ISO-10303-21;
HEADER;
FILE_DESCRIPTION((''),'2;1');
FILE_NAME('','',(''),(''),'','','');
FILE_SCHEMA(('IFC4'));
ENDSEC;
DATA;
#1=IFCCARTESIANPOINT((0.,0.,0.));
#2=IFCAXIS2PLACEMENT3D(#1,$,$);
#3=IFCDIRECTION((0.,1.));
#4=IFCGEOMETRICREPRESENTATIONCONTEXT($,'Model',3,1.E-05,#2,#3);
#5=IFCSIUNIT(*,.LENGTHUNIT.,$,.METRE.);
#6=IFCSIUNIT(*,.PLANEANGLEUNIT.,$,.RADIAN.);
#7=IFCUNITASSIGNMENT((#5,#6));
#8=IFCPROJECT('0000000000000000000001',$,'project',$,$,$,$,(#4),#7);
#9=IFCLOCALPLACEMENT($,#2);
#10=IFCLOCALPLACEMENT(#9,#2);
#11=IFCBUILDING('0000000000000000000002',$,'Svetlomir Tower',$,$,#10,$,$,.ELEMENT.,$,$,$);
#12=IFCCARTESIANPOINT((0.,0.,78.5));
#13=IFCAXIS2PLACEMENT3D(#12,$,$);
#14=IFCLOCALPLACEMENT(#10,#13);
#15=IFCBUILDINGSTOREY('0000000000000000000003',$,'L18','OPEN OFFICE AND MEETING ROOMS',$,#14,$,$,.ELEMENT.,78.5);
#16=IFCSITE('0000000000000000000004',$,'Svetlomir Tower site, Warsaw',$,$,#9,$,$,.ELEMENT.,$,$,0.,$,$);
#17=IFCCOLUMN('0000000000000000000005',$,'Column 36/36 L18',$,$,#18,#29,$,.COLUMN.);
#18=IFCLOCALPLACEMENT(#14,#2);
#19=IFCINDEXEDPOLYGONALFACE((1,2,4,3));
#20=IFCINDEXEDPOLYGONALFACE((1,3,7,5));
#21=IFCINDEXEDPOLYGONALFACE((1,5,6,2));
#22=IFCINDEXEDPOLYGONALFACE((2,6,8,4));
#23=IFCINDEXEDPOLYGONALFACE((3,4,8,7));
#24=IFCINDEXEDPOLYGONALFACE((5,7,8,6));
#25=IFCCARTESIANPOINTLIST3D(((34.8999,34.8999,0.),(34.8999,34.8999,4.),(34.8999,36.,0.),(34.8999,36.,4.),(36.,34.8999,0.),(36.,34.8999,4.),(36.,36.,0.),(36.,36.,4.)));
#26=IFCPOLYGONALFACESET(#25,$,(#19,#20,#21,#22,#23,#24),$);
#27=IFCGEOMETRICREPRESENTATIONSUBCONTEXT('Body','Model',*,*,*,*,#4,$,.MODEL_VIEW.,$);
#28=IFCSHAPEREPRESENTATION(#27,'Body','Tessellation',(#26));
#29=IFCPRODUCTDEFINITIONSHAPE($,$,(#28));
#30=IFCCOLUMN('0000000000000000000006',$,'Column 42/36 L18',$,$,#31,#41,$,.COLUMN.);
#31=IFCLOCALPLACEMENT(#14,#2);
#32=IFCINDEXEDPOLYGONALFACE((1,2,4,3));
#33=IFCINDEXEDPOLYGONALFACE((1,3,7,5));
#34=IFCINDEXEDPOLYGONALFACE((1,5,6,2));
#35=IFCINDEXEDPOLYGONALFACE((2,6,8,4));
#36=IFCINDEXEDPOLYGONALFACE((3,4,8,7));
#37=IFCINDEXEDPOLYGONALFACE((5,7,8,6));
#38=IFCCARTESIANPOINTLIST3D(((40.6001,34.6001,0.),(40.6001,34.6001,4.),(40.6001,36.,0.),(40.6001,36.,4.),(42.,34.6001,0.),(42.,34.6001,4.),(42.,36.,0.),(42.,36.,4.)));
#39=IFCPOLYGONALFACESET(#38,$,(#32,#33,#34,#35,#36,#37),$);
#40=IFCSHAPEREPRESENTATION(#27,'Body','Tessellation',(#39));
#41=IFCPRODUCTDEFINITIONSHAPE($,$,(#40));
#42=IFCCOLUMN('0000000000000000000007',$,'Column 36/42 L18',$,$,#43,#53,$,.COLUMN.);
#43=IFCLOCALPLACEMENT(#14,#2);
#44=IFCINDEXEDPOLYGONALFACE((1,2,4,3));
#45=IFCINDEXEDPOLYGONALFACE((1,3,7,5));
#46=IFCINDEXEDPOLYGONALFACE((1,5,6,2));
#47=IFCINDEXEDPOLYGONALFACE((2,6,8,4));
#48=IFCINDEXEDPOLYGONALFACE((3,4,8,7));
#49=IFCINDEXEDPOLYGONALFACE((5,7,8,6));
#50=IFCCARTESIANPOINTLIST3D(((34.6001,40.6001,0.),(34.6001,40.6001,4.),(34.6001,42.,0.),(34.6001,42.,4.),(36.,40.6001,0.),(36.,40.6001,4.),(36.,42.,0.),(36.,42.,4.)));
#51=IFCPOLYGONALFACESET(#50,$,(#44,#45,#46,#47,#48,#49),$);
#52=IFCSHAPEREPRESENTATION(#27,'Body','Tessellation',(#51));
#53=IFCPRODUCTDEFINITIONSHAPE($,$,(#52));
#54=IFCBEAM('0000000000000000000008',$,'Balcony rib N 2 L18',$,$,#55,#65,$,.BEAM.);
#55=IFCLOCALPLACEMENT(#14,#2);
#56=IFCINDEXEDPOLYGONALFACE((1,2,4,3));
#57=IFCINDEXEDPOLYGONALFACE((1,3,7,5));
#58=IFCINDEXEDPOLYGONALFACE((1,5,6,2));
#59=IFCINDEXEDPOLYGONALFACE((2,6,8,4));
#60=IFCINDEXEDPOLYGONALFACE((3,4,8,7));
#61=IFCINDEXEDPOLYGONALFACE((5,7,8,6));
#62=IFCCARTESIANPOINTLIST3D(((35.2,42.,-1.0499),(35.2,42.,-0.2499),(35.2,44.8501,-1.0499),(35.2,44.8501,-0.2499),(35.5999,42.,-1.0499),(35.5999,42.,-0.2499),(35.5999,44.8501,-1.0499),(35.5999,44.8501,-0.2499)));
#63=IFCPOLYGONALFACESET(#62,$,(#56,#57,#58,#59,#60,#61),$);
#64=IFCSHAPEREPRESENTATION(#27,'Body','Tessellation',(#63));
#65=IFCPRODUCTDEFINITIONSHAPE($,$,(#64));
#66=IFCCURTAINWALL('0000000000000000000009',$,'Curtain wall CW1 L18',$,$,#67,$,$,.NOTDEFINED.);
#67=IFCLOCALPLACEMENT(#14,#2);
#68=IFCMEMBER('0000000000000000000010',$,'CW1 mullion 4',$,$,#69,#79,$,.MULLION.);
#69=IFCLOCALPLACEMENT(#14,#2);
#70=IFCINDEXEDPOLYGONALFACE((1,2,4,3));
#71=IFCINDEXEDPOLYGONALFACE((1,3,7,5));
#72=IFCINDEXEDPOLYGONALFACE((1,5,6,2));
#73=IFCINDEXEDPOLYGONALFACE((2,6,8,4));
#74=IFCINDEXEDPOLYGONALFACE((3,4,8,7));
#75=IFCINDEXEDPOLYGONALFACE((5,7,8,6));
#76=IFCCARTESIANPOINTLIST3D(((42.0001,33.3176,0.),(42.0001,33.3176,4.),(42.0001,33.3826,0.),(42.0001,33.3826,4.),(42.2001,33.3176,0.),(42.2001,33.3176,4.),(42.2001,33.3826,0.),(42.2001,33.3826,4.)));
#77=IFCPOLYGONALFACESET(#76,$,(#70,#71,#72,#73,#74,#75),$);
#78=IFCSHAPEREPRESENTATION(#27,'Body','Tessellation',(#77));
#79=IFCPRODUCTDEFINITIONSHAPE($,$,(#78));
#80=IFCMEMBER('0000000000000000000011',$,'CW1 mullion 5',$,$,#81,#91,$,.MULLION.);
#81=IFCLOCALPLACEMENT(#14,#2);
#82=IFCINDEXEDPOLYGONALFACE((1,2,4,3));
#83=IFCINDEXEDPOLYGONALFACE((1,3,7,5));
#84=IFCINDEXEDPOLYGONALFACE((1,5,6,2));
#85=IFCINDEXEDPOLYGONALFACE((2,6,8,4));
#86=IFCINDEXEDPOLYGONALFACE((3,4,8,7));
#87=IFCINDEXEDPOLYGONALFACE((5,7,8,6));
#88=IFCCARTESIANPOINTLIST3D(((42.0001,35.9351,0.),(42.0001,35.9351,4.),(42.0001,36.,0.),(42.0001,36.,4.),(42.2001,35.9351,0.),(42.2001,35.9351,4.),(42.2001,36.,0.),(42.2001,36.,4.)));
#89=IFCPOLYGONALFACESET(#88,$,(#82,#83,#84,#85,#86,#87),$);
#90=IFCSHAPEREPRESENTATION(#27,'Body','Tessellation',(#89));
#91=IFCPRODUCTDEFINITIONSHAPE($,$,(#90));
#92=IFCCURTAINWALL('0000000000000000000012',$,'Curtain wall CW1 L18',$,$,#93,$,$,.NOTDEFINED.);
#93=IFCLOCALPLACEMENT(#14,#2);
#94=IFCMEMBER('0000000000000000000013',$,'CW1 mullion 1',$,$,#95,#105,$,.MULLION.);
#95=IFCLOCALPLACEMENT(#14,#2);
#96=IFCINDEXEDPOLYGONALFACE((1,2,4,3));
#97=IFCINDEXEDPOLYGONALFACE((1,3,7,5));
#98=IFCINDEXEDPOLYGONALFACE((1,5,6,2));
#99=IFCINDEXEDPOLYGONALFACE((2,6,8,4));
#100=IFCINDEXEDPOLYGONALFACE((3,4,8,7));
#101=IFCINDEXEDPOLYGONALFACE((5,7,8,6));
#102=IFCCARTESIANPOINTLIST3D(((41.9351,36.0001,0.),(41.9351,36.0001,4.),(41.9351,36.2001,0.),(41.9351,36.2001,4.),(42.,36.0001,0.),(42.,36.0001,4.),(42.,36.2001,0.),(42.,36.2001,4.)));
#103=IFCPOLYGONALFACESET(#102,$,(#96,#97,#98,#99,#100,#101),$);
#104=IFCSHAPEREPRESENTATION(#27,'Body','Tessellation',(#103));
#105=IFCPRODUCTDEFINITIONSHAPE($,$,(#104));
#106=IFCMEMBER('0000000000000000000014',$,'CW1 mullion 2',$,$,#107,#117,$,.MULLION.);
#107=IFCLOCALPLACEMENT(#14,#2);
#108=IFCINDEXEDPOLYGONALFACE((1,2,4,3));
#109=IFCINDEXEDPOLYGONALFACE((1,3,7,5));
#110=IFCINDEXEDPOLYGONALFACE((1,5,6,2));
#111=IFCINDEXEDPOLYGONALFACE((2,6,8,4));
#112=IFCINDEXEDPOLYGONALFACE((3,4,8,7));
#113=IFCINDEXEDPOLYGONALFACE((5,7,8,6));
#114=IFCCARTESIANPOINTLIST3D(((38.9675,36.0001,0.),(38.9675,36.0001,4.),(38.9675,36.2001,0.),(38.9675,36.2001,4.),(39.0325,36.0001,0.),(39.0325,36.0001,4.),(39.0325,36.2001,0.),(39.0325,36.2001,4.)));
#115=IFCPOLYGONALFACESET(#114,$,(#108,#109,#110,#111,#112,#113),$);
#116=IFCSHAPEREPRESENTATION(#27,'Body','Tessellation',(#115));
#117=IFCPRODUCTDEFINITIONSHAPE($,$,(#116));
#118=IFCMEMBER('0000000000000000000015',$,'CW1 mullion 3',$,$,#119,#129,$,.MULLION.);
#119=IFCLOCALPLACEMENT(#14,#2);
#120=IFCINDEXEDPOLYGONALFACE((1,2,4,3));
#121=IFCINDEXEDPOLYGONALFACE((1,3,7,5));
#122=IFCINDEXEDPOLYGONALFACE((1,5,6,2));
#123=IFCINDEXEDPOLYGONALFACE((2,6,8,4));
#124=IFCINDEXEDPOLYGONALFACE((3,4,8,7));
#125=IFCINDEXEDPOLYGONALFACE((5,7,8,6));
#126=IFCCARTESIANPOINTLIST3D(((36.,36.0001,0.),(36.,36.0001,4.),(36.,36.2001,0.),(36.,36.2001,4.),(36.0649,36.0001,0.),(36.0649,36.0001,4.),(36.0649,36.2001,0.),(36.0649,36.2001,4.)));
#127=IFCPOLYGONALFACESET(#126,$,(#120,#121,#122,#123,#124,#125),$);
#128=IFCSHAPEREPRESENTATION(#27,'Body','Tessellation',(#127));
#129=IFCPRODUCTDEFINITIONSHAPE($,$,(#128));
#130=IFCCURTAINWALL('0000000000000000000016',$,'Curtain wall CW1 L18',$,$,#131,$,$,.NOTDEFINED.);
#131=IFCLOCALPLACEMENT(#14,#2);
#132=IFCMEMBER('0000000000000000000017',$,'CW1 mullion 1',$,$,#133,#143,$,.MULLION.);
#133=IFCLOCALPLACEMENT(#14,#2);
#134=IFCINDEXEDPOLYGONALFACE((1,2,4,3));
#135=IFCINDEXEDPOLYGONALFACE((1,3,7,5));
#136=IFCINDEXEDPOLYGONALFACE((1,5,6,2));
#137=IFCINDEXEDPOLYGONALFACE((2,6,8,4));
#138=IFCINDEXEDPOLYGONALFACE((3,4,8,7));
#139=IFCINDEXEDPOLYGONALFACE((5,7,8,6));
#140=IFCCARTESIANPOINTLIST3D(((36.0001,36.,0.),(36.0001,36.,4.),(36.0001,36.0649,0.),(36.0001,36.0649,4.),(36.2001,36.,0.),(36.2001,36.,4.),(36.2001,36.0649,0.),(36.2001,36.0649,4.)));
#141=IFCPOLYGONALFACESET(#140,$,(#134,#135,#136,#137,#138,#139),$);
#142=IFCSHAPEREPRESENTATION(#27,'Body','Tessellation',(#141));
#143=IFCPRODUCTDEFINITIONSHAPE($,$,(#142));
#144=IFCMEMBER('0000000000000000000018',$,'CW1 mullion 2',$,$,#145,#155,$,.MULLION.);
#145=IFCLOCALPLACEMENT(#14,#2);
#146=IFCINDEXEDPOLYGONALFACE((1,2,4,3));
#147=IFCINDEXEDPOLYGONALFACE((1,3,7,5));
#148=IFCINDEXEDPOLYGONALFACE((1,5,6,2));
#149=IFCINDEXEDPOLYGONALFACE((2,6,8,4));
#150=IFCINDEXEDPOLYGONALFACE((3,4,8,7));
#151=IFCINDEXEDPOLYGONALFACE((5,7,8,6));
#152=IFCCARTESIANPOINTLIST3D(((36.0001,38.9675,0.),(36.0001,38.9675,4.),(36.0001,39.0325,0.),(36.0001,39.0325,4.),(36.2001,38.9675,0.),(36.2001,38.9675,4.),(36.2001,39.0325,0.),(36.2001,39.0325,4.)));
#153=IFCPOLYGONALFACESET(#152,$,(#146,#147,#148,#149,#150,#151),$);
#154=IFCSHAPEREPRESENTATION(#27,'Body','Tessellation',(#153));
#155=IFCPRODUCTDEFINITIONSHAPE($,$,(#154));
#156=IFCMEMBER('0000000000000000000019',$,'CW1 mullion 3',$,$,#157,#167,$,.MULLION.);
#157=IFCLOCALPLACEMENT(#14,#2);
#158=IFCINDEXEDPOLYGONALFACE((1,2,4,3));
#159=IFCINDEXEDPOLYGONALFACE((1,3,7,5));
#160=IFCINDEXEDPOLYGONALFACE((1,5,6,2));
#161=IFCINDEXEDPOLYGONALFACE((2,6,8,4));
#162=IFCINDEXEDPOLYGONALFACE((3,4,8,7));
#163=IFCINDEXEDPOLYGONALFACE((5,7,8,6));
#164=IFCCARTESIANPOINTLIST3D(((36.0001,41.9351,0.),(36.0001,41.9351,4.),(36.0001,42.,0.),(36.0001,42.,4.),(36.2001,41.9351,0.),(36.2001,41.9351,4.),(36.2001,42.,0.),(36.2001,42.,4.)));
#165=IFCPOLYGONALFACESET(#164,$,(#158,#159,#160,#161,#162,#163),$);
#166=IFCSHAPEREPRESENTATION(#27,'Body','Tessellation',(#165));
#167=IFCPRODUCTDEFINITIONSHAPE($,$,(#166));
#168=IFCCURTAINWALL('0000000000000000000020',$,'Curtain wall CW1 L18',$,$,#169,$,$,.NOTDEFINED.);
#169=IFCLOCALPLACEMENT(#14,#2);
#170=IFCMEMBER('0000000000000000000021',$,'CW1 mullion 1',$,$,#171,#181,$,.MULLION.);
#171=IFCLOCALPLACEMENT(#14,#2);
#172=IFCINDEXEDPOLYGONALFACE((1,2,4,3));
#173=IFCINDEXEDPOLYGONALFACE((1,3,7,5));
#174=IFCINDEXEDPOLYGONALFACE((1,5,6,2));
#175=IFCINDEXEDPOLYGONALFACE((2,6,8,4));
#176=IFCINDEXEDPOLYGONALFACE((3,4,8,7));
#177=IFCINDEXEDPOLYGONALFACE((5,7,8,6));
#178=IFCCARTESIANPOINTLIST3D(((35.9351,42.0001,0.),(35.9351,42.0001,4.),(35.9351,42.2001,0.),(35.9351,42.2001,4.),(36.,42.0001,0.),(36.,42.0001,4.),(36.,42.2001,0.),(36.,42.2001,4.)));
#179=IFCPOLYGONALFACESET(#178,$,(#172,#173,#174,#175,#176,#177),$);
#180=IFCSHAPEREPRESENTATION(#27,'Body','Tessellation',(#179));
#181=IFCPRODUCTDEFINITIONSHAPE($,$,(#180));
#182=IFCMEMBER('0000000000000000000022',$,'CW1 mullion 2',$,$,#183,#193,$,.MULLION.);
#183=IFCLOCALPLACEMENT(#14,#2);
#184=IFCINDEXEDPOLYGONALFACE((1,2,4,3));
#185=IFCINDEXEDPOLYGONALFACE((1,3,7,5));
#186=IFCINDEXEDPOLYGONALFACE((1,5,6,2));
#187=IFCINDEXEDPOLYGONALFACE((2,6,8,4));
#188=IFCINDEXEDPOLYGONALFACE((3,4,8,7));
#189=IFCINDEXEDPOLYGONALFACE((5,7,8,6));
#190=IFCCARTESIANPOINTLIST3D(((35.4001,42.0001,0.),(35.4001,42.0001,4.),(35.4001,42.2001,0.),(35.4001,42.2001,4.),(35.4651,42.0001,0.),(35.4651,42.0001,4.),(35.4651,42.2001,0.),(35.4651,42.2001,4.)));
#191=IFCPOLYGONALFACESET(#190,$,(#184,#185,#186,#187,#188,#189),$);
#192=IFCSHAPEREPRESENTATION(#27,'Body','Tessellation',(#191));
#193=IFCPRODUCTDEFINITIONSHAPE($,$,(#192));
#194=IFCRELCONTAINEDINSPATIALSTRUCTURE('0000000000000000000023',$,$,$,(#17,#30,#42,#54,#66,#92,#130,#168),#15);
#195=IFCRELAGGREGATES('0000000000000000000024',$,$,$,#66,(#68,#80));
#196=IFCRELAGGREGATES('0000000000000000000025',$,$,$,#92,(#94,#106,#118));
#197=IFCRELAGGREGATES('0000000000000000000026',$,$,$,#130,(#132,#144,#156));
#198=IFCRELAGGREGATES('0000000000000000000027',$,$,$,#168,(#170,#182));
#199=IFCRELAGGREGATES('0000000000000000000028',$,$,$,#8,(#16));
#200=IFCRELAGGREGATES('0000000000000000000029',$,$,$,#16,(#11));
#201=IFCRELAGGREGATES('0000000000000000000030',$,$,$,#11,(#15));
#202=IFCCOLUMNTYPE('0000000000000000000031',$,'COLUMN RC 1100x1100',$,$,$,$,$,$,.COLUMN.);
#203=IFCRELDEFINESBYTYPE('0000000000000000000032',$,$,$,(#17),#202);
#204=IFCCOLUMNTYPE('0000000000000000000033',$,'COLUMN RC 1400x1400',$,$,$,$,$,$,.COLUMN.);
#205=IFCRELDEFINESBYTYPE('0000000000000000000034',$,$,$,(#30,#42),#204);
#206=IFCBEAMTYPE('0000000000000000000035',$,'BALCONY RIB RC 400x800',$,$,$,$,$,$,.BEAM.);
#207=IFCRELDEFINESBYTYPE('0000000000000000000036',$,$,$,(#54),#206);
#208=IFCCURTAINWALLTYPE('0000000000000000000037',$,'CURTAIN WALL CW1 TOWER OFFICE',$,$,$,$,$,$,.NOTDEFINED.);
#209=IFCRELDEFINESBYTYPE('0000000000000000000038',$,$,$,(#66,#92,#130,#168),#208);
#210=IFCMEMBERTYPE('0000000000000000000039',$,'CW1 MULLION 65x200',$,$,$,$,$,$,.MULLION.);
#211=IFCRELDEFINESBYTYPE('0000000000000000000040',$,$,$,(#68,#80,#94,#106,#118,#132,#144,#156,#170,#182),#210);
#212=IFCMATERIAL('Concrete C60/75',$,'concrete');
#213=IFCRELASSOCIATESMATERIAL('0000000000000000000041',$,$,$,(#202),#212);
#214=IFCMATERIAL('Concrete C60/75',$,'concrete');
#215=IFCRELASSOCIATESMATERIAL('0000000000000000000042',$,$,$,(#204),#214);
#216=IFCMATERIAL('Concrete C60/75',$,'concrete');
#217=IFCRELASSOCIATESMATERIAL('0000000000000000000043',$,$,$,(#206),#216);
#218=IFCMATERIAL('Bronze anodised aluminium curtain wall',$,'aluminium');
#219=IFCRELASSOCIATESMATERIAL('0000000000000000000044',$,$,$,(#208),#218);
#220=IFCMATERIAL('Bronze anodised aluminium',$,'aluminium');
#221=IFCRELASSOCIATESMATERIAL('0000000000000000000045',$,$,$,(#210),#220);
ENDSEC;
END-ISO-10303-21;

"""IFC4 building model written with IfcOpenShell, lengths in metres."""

from ifc_helpers import new_model, si_unit, direction, frame, origin, origin_2d, place, context, subcontext, project, spatial, rectangle, extrude, material, material_profile, profile_set, type_object, element, aggregate, save


model = new_model("IFC4")

# Units and contexts
model_context = context("Model", 3, precision=1e-05, world=origin(), true_north=direction((0.0, 1.0)))
body_context = subcontext(model_context, "Body", "Model", "MODEL_VIEW")
ifc_project = project(units=[si_unit("LENGTHUNIT", "METRE"), si_unit("PLANEANGLEUNIT", "RADIAN")], contexts=[model_context])

# Site, building, storey
site_placement = place(None, origin())
site = spatial("IfcSite", under=ifc_project, at=site_placement, Name="Svetlomir Tower site, Warsaw", CompositionType="ELEMENT", RefElevation=0.0)
building_placement = place(site_placement, origin())
building = spatial("IfcBuilding", under=site, at=building_placement, Name="Svetlomir Tower", CompositionType="ELEMENT")
storey_placement = place(building_placement, frame((0.0, 0.0, 78.5)))
storey = spatial("IfcBuildingStorey", under=building, at=storey_placement, Name="L18", Description="OPEN OFFICE AND MEETING ROOMS", CompositionType="ELEMENT", Elevation=78.5)

# Columns
ifc_material_1 = material(Name="Concrete C60/75", Category="concrete")
ifc_material_profile_1 = material_profile(ifc_material_1, rectangle(XDim=1.1001, YDim=1.1001, at=origin_2d()), Name="RC 1100x1100")
ifc_profile_set_1 = profile_set([ifc_material_profile_1], Name="Concrete C60/75")
column_type_1 = type_object("IfcColumnType", Name="COLUMN RC 1100x1100", PredefinedType="COLUMN", material=ifc_profile_set_1)
column_placement = place(storey_placement, frame((35.45, 35.45, 0.0), z_axis=(0.0, 0.0, 1.0), x_axis=(1.0, 0.0, 0.0)))
element("IfcColumn", 1, at=column_placement, inside=storey, type_object=column_type_1, Name="Column 36/36 L18", PredefinedType="COLUMN", context=body_context, shape_type="SweptSolid", body=[
    extrude(rectangle(XDim=1.1001, YDim=1.1001, at=origin_2d()), origin(), (0.0, 0.0, 1.0), 4.0),
])
ifc_material_2 = material(Name="Concrete C60/75", Category="concrete")
ifc_material_profile_2 = material_profile(ifc_material_2, rectangle(XDim=1.3999, YDim=1.3999, at=origin_2d()), Name="RC 1400x1400")
ifc_profile_set_2 = profile_set([ifc_material_profile_2], Name="Concrete C60/75")
column_type_2 = type_object("IfcColumnType", Name="COLUMN RC 1400x1400", PredefinedType="COLUMN", material=ifc_profile_set_2)
for number, where, z_axis, x_axis, name in (
    (2, (41.3, 35.3, 0.0), (0.0, 0.0, 1.0), (1.0, 0.0, 0.0), "Column 42/36 L18"),
    (3, (35.3, 41.3, 0.0), (0.0, 0.0, 1.0), (1.0, 0.0, 0.0), "Column 36/42 L18"),
):
    element("IfcColumn", number, at=place(storey_placement, frame(where, z_axis=z_axis, x_axis=x_axis)), inside=storey, type_object=column_type_2, Name=name, PredefinedType="COLUMN", context=body_context, shape_type="SweptSolid", body=[
        extrude(rectangle(XDim=1.3999, YDim=1.3999, at=origin_2d()), origin(), (0.0, 0.0, 1.0), 4.0),
    ])

# Beam
ifc_material_3 = material(Name="Concrete C60/75", Category="concrete")
ifc_material_profile_3 = material_profile(ifc_material_3, rectangle(XDim=0.3999, YDim=0.8, at=origin_2d()), Name="RC 400x800")
ifc_profile_set_3 = profile_set([ifc_material_profile_3], Name="Concrete C60/75")
beam_type_1 = type_object("IfcBeamType", Name="BALCONY RIB RC 400x800", PredefinedType="BEAM", material=ifc_profile_set_3)
beam_placement = place(storey_placement, frame((35.3999, 42.0, -0.6499), z_axis=(0.0, 1.0, 0.0), x_axis=(-1.0, 0.0, 0.0)))
element("IfcBeam", 4, at=beam_placement, inside=storey, type_object=beam_type_1, Name="Balcony rib N 2 L18", PredefinedType="BEAM", context=body_context, shape_type="SweptSolid", body=[
    extrude(rectangle(XDim=0.3999, YDim=0.8, at=origin_2d()), origin(), (0.0, 0.0, 1.0), 2.8501),
])

# Curtain walls, members
ifc_material_4 = material(Name="Bronze anodised aluminium curtain wall", Category="aluminium")
curtain_wall_type = type_object("IfcCurtainWallType", Name="CURTAIN WALL CW1 TOWER OFFICE", PredefinedType="NOTDEFINED", material=ifc_material_4)
curtain_wall_1_placement = place(storey_placement, origin())
curtain_wall_1 = element("IfcCurtainWall", 5, at=curtain_wall_1_placement, inside=storey, type_object=curtain_wall_type, Name="Curtain wall CW1 L18", PredefinedType="NOTDEFINED")
ifc_material_5 = material(Name="Bronze anodised aluminium", Category="aluminium")
ifc_material_profile_4 = material_profile(ifc_material_5, rectangle(XDim=0.0649, YDim=0.2, at=origin_2d()), Name="AL 65x200")
ifc_profile_set_4 = profile_set([ifc_material_profile_4], Name="Bronze anodised aluminium 6063-T6")
member_type_1 = type_object("IfcMemberType", Name="CW1 MULLION 65x200", PredefinedType="MULLION", material=ifc_profile_set_4)
member_1_placement = place(storey_placement, frame((42.1001, 33.3501, 0.0), z_axis=(0.0, 0.0, 1.0), x_axis=(0.0, 1.0, 0.0)))
member_1 = element("IfcMember", 6, at=member_1_placement, type_object=member_type_1, Name="CW1 mullion 4", PredefinedType="MULLION", context=body_context, shape_type="SweptSolid", body=[
    extrude(rectangle(XDim=0.0649, YDim=0.2, at=origin_2d()), origin(), (0.0, 0.0, 1.0), 4.0),
])
member_2_placement = place(storey_placement, frame((42.1001, 35.9675, 0.0), z_axis=(0.0, 0.0, 1.0), x_axis=(0.0, 1.0, 0.0)))
member_2 = element("IfcMember", 7, at=member_2_placement, type_object=member_type_1, Name="CW1 mullion 5", PredefinedType="MULLION", context=body_context, shape_type="SweptSolid", body=[
    extrude(rectangle(XDim=0.0649, YDim=0.2, at=origin_2d()), origin(), (0.0, 0.0, 1.0), 4.0),
])
curtain_wall_2_placement = place(storey_placement, origin())
curtain_wall_2 = element("IfcCurtainWall", 8, at=curtain_wall_2_placement, inside=storey, type_object=curtain_wall_type, Name="Curtain wall CW1 L18", PredefinedType="NOTDEFINED")
member_3_placement = place(storey_placement, frame((41.9675, 36.1001, 0.0), z_axis=(0.0, 0.0, 1.0), x_axis=(-1.0, 0.0, 0.0)))
member_3 = element("IfcMember", 9, at=member_3_placement, type_object=member_type_1, Name="CW1 mullion 1", PredefinedType="MULLION", context=body_context, shape_type="SweptSolid", body=[
    extrude(rectangle(XDim=0.0649, YDim=0.2, at=origin_2d()), origin(), (0.0, 0.0, 1.0), 4.0),
])
member_4_placement = place(storey_placement, frame((39.0, 36.1001, 0.0), z_axis=(0.0, 0.0, 1.0), x_axis=(-1.0, 0.0, 0.0)))
member_4 = element("IfcMember", 10, at=member_4_placement, type_object=member_type_1, Name="CW1 mullion 2", PredefinedType="MULLION", context=body_context, shape_type="SweptSolid", body=[
    extrude(rectangle(XDim=0.0649, YDim=0.2, at=origin_2d()), origin(), (0.0, 0.0, 1.0), 4.0),
])
member_5_placement = place(storey_placement, frame((36.0325, 36.1001, 0.0), z_axis=(0.0, 0.0, 1.0), x_axis=(-1.0, 0.0, 0.0)))
member_5 = element("IfcMember", 11, at=member_5_placement, type_object=member_type_1, Name="CW1 mullion 3", PredefinedType="MULLION", context=body_context, shape_type="SweptSolid", body=[
    extrude(rectangle(XDim=0.0649, YDim=0.2, at=origin_2d()), origin(), (0.0, 0.0, 1.0), 4.0),
])
curtain_wall_3_placement = place(storey_placement, origin())
curtain_wall_3 = element("IfcCurtainWall", 12, at=curtain_wall_3_placement, inside=storey, type_object=curtain_wall_type, Name="Curtain wall CW1 L18", PredefinedType="NOTDEFINED")
member_6_placement = place(storey_placement, frame((36.1001, 36.0325, 0.0), z_axis=(0.0, 0.0, 1.0), x_axis=(0.0, 1.0, 0.0)))
member_6 = element("IfcMember", 13, at=member_6_placement, type_object=member_type_1, Name="CW1 mullion 1", PredefinedType="MULLION", context=body_context, shape_type="SweptSolid", body=[
    extrude(rectangle(XDim=0.0649, YDim=0.2, at=origin_2d()), origin(), (0.0, 0.0, 1.0), 4.0),
])
member_7_placement = place(storey_placement, frame((36.1001, 39.0, 0.0), z_axis=(0.0, 0.0, 1.0), x_axis=(0.0, 1.0, 0.0)))
member_7 = element("IfcMember", 14, at=member_7_placement, type_object=member_type_1, Name="CW1 mullion 2", PredefinedType="MULLION", context=body_context, shape_type="SweptSolid", body=[
    extrude(rectangle(XDim=0.0649, YDim=0.2, at=origin_2d()), origin(), (0.0, 0.0, 1.0), 4.0),
])
member_8_placement = place(storey_placement, frame((36.1001, 41.9675, 0.0), z_axis=(0.0, 0.0, 1.0), x_axis=(0.0, 1.0, 0.0)))
member_8 = element("IfcMember", 15, at=member_8_placement, type_object=member_type_1, Name="CW1 mullion 3", PredefinedType="MULLION", context=body_context, shape_type="SweptSolid", body=[
    extrude(rectangle(XDim=0.0649, YDim=0.2, at=origin_2d()), origin(), (0.0, 0.0, 1.0), 4.0),
])
curtain_wall_4_placement = place(storey_placement, origin())
curtain_wall_4 = element("IfcCurtainWall", 16, at=curtain_wall_4_placement, inside=storey, type_object=curtain_wall_type, Name="Curtain wall CW1 L18", PredefinedType="NOTDEFINED")
member_9_placement = place(storey_placement, frame((35.9675, 42.1001, 0.0), z_axis=(0.0, 0.0, 1.0), x_axis=(-1.0, 0.0, 0.0)))
member_9 = element("IfcMember", 17, at=member_9_placement, type_object=member_type_1, Name="CW1 mullion 1", PredefinedType="MULLION", context=body_context, shape_type="SweptSolid", body=[
    extrude(rectangle(XDim=0.0649, YDim=0.2, at=origin_2d()), origin(), (0.0, 0.0, 1.0), 4.0),
])
member_10_placement = place(storey_placement, frame((35.4326, 42.1001, 0.0), z_axis=(0.0, 0.0, 1.0), x_axis=(-1.0, 0.0, 0.0)))
member_10 = element("IfcMember", 18, at=member_10_placement, type_object=member_type_1, Name="CW1 mullion 2", PredefinedType="MULLION", context=body_context, shape_type="SweptSolid", body=[
    extrude(rectangle(XDim=0.0649, YDim=0.2, at=origin_2d()), origin(), (0.0, 0.0, 1.0), 4.0),
])

aggregate(curtain_wall_1, [member_1, member_2])
aggregate(curtain_wall_2, [member_3, member_4, member_5])
aggregate(curtain_wall_3, [member_6, member_7, member_8])
aggregate(curtain_wall_4, [member_9, member_10])

save(model, "model.ifc")
